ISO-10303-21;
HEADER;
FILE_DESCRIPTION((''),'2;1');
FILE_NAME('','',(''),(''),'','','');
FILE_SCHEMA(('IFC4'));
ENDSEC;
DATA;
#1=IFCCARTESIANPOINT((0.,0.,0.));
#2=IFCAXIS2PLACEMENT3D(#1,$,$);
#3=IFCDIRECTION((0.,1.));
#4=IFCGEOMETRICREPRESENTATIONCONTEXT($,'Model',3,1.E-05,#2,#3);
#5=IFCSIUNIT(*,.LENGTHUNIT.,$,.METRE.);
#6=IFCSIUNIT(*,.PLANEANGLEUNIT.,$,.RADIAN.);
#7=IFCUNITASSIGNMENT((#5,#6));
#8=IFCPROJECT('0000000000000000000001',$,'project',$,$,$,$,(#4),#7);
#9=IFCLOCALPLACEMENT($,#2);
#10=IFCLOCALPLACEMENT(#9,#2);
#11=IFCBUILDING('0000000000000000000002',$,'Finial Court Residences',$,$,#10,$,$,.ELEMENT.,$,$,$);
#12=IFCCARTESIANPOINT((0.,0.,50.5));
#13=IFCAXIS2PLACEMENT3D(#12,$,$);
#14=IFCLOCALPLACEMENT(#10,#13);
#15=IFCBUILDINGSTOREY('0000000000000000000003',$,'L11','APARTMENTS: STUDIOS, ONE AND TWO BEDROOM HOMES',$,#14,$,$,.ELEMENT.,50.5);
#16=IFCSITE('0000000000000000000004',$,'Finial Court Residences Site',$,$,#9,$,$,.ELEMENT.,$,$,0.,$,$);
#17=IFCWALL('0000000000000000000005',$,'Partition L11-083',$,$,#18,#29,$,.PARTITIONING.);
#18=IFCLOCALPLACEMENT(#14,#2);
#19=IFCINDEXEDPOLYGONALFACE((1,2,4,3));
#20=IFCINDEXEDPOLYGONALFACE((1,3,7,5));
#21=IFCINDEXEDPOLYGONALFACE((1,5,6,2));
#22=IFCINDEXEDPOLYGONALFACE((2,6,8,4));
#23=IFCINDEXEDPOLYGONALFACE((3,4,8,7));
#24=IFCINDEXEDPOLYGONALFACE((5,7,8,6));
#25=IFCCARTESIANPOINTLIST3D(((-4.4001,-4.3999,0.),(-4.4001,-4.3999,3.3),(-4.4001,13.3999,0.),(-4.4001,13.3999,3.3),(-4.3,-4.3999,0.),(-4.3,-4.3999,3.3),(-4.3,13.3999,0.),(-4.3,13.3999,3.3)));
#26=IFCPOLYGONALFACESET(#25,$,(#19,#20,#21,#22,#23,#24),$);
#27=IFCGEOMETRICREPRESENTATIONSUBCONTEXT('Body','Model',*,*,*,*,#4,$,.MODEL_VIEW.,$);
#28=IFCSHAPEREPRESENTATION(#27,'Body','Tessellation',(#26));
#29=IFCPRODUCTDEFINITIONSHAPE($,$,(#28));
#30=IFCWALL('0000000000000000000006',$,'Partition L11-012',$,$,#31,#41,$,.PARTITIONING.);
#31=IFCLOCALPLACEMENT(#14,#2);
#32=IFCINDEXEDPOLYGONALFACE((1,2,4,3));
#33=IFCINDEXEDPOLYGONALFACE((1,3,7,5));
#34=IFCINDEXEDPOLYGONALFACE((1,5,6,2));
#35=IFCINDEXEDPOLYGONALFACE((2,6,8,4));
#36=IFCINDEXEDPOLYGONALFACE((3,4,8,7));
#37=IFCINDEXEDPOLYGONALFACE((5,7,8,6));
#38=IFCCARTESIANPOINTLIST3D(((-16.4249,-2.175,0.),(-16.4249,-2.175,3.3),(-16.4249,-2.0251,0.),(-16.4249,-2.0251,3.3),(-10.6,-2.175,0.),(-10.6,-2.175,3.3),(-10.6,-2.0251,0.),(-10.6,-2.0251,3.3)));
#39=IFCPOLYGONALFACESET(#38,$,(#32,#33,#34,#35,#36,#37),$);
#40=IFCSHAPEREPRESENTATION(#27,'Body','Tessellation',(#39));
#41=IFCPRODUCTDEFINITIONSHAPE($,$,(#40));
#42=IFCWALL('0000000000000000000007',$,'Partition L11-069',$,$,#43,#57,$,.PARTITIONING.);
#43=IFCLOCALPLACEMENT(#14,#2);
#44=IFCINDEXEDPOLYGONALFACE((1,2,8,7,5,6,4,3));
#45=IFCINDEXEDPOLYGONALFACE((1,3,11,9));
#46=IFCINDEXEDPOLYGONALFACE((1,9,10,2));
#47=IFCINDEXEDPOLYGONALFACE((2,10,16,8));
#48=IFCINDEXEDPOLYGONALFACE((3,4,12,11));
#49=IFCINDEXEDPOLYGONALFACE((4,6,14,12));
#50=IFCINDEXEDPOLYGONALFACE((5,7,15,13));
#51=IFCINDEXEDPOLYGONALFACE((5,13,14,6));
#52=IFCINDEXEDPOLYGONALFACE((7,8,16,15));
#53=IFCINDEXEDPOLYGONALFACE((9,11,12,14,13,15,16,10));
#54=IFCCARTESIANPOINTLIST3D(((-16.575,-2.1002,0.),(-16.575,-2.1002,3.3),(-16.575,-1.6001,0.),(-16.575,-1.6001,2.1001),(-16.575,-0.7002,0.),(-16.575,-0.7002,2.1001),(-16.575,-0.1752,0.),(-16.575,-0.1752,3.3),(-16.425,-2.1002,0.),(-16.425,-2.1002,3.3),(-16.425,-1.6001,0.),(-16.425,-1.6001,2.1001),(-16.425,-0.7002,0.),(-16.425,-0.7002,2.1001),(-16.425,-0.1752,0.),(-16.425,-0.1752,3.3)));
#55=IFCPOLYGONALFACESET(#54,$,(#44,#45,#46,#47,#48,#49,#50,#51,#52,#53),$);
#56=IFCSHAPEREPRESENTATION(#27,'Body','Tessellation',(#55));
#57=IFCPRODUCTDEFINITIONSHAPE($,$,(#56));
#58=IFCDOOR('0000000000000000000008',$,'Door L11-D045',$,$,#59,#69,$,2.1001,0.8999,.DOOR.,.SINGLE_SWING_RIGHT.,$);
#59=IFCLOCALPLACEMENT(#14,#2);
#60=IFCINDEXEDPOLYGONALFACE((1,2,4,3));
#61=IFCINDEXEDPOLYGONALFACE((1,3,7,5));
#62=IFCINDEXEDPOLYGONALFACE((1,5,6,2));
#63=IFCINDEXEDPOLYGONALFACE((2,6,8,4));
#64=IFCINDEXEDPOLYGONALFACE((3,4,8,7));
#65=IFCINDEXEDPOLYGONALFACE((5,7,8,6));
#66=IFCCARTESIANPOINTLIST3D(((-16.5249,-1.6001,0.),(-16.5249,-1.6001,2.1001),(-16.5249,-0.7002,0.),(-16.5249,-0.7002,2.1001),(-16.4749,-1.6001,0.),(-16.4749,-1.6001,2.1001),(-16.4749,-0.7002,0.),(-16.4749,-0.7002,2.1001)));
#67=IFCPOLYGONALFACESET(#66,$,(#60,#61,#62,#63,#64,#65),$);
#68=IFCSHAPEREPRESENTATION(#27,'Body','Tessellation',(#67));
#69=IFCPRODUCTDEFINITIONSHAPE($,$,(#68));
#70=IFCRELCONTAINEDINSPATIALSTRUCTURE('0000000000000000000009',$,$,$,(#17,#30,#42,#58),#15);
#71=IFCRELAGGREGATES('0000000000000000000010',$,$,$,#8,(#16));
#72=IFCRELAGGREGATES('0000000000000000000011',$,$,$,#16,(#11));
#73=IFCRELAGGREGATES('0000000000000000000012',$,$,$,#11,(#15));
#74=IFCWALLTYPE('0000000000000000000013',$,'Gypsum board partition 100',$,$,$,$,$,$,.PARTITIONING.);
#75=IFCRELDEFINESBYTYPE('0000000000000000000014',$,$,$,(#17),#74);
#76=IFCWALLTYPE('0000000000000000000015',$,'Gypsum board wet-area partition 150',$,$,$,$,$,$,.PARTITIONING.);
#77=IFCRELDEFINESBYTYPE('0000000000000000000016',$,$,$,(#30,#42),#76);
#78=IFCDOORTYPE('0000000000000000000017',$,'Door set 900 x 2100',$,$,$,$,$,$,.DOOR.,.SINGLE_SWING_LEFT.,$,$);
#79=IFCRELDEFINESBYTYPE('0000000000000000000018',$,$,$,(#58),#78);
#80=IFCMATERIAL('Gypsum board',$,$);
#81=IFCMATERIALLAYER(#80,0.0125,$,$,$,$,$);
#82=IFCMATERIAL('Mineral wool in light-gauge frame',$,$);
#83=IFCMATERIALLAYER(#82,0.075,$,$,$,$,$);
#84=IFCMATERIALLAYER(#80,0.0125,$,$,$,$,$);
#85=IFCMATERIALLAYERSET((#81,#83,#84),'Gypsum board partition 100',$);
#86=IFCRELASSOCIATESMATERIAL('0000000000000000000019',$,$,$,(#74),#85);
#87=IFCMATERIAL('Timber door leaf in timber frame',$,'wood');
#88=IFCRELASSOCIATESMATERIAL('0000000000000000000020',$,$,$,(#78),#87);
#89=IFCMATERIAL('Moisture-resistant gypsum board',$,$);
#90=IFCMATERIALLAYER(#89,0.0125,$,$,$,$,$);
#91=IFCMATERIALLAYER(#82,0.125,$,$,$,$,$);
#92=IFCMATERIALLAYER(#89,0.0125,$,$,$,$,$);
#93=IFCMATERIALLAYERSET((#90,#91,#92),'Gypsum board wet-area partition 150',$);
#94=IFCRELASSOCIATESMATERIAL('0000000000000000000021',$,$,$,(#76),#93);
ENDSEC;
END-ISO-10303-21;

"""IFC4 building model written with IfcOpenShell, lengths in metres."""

from ifc_helpers import new_model, si_unit, direction, frame, frame_2d, origin, place, context, subcontext, project, spatial, rectangle, extrude, material, layer, layer_set, type_object, element, fill, save


model = new_model("IFC4")

# Units and contexts
model_context = context("Model", 3, precision=1e-05, world=origin(), true_north=direction((0.0, 1.0)))
body_context = subcontext(model_context, "Body", "Model", "MODEL_VIEW")
ifc_project = project(units=[si_unit("LENGTHUNIT", "METRE"), si_unit("PLANEANGLEUNIT", "RADIAN")], contexts=[model_context])

# Site, building, storey
site_placement = place(None, origin())
site = spatial("IfcSite", under=ifc_project, at=site_placement, Name="Finial Court Residences Site", CompositionType="ELEMENT", RefElevation=0.0)
building_placement = place(site_placement, origin())
building = spatial("IfcBuilding", under=site, at=building_placement, Name="Finial Court Residences", CompositionType="ELEMENT")
storey_placement = place(building_placement, frame((0.0, 0.0, 50.5)))
storey = spatial("IfcBuildingStorey", under=building, at=storey_placement, Name="L11", Description="APARTMENTS: STUDIOS, ONE AND TWO BEDROOM HOMES", CompositionType="ELEMENT", Elevation=50.5)

# Shared definitions
ifc_material_1 = material(Name="Gypsum board")

# Shared definitions
ifc_layer_1 = layer(ifc_material_1, 0.0125)
ifc_material_2 = material(Name="Mineral wool in light-gauge frame")
ifc_layer_2 = layer(ifc_material_2, 0.075)
ifc_layer_3 = layer(ifc_material_1, 0.0125)
ifc_layer_set_1 = layer_set([ifc_layer_1, ifc_layer_2, ifc_layer_3], Name="Gypsum board partition 100")
wall_type_1 = type_object("IfcWallType", Name="Gypsum board partition 100", PredefinedType="PARTITIONING", material=ifc_layer_set_1)
ifc_material_3 = material(Name="Timber door leaf in timber frame", Category="wood")
door_type_1 = type_object("IfcDoorType", Name="Door set 900 x 2100", OperationType="SINGLE_SWING_LEFT", PredefinedType="DOOR", material=ifc_material_3)

# Walls
wall_1_placement = place(storey_placement, frame((-4.3501, -4.3999, 0.0), z_axis=(0.0, 0.0, 1.0), x_axis=(0.0, 1.0, 0.0)))
element("IfcWall", 1, at=wall_1_placement, inside=storey, type_object=wall_type_1, Name="Partition L11-083", PredefinedType="PARTITIONING", context=body_context, shape_type="SweptSolid", body=[
    extrude(rectangle(XDim=17.7998, YDim=0.1001, at=frame_2d((8.8999, 0.0))), origin(), (0.0, 0.0, 1.0), 3.3),
])
ifc_material_4 = material(Name="Moisture-resistant gypsum board")
ifc_layer_4 = layer(ifc_material_4, 0.0125)
ifc_layer_5 = layer(ifc_material_2, 0.125)
ifc_layer_6 = layer(ifc_material_4, 0.0125)
ifc_layer_set_2 = layer_set([ifc_layer_4, ifc_layer_5, ifc_layer_6], Name="Gypsum board wet-area partition 150")
wall_type_2 = type_object("IfcWallType", Name="Gypsum board wet-area partition 150", PredefinedType="PARTITIONING", material=ifc_layer_set_2)
wall_2_placement = place(storey_placement, frame((-16.425, -2.1001, 0.0), z_axis=(0.0, 0.0, 1.0), x_axis=(1.0, 0.0, 0.0)))
element("IfcWall", 2, at=wall_2_placement, inside=storey, type_object=wall_type_2, Name="Partition L11-012", PredefinedType="PARTITIONING", context=body_context, shape_type="SweptSolid", body=[
    extrude(rectangle(XDim=5.825, YDim=0.1499, at=frame_2d((2.9126, 0.0))), origin(), (0.0, 0.0, 1.0), 3.3),
])

# Wall, opening, door
wall_3_placement = place(storey_placement, frame((-16.5, -2.1001, 0.0), z_axis=(0.0, 0.0, 1.0), x_axis=(0.0, 1.0, 0.0)))
wall_3 = element("IfcWall", 3, at=wall_3_placement, inside=storey, type_object=wall_type_2, Name="Partition L11-069", PredefinedType="PARTITIONING", context=body_context, shape_type="SweptSolid", body=[
    extrude(rectangle(XDim=1.925, YDim=0.1499, at=frame_2d((0.9624, 0.0))), origin(), (0.0, 0.0, 1.0), 3.3),
])
opening_1_placement = place(wall_3_placement, frame((0.5, 0.0, 0.0)))
opening_1 = element("IfcOpeningElement", 4, at=opening_1_placement, cuts=wall_3, PredefinedType="OPENING", context=body_context, shape_type="SweptSolid", body=[
    extrude(rectangle(XDim=0.8999, YDim=2.1001, at=frame_2d((0.45, 1.05))), frame((0.0, 0.085, 0.0), z_axis=(0.0, -1.0, 0.0), x_axis=(1.0, 0.0, 0.0)), (0.0, 0.0, 1.0), 0.1699),
])
door_1_placement = place(opening_1_placement, origin())
door_1 = element("IfcDoor", 5, at=door_1_placement, inside=storey, type_object=door_type_1, Name="Door L11-D045", OperationType="SINGLE_SWING_RIGHT", OverallHeight=2.1001, OverallWidth=0.8999, PredefinedType="DOOR", context=body_context, shape_type="SweptSolid", body=[
    extrude(rectangle(XDim=0.8999, YDim=2.1001, at=frame_2d((0.45, 1.05))), frame((0.0, 0.0249, 0.0), z_axis=(0.0, -1.0, 0.0), x_axis=(1.0, 0.0, 0.0)), (0.0, 0.0, 1.0), 0.05),
])
fill(opening_1, door_1)

save(model, "model.ifc")
